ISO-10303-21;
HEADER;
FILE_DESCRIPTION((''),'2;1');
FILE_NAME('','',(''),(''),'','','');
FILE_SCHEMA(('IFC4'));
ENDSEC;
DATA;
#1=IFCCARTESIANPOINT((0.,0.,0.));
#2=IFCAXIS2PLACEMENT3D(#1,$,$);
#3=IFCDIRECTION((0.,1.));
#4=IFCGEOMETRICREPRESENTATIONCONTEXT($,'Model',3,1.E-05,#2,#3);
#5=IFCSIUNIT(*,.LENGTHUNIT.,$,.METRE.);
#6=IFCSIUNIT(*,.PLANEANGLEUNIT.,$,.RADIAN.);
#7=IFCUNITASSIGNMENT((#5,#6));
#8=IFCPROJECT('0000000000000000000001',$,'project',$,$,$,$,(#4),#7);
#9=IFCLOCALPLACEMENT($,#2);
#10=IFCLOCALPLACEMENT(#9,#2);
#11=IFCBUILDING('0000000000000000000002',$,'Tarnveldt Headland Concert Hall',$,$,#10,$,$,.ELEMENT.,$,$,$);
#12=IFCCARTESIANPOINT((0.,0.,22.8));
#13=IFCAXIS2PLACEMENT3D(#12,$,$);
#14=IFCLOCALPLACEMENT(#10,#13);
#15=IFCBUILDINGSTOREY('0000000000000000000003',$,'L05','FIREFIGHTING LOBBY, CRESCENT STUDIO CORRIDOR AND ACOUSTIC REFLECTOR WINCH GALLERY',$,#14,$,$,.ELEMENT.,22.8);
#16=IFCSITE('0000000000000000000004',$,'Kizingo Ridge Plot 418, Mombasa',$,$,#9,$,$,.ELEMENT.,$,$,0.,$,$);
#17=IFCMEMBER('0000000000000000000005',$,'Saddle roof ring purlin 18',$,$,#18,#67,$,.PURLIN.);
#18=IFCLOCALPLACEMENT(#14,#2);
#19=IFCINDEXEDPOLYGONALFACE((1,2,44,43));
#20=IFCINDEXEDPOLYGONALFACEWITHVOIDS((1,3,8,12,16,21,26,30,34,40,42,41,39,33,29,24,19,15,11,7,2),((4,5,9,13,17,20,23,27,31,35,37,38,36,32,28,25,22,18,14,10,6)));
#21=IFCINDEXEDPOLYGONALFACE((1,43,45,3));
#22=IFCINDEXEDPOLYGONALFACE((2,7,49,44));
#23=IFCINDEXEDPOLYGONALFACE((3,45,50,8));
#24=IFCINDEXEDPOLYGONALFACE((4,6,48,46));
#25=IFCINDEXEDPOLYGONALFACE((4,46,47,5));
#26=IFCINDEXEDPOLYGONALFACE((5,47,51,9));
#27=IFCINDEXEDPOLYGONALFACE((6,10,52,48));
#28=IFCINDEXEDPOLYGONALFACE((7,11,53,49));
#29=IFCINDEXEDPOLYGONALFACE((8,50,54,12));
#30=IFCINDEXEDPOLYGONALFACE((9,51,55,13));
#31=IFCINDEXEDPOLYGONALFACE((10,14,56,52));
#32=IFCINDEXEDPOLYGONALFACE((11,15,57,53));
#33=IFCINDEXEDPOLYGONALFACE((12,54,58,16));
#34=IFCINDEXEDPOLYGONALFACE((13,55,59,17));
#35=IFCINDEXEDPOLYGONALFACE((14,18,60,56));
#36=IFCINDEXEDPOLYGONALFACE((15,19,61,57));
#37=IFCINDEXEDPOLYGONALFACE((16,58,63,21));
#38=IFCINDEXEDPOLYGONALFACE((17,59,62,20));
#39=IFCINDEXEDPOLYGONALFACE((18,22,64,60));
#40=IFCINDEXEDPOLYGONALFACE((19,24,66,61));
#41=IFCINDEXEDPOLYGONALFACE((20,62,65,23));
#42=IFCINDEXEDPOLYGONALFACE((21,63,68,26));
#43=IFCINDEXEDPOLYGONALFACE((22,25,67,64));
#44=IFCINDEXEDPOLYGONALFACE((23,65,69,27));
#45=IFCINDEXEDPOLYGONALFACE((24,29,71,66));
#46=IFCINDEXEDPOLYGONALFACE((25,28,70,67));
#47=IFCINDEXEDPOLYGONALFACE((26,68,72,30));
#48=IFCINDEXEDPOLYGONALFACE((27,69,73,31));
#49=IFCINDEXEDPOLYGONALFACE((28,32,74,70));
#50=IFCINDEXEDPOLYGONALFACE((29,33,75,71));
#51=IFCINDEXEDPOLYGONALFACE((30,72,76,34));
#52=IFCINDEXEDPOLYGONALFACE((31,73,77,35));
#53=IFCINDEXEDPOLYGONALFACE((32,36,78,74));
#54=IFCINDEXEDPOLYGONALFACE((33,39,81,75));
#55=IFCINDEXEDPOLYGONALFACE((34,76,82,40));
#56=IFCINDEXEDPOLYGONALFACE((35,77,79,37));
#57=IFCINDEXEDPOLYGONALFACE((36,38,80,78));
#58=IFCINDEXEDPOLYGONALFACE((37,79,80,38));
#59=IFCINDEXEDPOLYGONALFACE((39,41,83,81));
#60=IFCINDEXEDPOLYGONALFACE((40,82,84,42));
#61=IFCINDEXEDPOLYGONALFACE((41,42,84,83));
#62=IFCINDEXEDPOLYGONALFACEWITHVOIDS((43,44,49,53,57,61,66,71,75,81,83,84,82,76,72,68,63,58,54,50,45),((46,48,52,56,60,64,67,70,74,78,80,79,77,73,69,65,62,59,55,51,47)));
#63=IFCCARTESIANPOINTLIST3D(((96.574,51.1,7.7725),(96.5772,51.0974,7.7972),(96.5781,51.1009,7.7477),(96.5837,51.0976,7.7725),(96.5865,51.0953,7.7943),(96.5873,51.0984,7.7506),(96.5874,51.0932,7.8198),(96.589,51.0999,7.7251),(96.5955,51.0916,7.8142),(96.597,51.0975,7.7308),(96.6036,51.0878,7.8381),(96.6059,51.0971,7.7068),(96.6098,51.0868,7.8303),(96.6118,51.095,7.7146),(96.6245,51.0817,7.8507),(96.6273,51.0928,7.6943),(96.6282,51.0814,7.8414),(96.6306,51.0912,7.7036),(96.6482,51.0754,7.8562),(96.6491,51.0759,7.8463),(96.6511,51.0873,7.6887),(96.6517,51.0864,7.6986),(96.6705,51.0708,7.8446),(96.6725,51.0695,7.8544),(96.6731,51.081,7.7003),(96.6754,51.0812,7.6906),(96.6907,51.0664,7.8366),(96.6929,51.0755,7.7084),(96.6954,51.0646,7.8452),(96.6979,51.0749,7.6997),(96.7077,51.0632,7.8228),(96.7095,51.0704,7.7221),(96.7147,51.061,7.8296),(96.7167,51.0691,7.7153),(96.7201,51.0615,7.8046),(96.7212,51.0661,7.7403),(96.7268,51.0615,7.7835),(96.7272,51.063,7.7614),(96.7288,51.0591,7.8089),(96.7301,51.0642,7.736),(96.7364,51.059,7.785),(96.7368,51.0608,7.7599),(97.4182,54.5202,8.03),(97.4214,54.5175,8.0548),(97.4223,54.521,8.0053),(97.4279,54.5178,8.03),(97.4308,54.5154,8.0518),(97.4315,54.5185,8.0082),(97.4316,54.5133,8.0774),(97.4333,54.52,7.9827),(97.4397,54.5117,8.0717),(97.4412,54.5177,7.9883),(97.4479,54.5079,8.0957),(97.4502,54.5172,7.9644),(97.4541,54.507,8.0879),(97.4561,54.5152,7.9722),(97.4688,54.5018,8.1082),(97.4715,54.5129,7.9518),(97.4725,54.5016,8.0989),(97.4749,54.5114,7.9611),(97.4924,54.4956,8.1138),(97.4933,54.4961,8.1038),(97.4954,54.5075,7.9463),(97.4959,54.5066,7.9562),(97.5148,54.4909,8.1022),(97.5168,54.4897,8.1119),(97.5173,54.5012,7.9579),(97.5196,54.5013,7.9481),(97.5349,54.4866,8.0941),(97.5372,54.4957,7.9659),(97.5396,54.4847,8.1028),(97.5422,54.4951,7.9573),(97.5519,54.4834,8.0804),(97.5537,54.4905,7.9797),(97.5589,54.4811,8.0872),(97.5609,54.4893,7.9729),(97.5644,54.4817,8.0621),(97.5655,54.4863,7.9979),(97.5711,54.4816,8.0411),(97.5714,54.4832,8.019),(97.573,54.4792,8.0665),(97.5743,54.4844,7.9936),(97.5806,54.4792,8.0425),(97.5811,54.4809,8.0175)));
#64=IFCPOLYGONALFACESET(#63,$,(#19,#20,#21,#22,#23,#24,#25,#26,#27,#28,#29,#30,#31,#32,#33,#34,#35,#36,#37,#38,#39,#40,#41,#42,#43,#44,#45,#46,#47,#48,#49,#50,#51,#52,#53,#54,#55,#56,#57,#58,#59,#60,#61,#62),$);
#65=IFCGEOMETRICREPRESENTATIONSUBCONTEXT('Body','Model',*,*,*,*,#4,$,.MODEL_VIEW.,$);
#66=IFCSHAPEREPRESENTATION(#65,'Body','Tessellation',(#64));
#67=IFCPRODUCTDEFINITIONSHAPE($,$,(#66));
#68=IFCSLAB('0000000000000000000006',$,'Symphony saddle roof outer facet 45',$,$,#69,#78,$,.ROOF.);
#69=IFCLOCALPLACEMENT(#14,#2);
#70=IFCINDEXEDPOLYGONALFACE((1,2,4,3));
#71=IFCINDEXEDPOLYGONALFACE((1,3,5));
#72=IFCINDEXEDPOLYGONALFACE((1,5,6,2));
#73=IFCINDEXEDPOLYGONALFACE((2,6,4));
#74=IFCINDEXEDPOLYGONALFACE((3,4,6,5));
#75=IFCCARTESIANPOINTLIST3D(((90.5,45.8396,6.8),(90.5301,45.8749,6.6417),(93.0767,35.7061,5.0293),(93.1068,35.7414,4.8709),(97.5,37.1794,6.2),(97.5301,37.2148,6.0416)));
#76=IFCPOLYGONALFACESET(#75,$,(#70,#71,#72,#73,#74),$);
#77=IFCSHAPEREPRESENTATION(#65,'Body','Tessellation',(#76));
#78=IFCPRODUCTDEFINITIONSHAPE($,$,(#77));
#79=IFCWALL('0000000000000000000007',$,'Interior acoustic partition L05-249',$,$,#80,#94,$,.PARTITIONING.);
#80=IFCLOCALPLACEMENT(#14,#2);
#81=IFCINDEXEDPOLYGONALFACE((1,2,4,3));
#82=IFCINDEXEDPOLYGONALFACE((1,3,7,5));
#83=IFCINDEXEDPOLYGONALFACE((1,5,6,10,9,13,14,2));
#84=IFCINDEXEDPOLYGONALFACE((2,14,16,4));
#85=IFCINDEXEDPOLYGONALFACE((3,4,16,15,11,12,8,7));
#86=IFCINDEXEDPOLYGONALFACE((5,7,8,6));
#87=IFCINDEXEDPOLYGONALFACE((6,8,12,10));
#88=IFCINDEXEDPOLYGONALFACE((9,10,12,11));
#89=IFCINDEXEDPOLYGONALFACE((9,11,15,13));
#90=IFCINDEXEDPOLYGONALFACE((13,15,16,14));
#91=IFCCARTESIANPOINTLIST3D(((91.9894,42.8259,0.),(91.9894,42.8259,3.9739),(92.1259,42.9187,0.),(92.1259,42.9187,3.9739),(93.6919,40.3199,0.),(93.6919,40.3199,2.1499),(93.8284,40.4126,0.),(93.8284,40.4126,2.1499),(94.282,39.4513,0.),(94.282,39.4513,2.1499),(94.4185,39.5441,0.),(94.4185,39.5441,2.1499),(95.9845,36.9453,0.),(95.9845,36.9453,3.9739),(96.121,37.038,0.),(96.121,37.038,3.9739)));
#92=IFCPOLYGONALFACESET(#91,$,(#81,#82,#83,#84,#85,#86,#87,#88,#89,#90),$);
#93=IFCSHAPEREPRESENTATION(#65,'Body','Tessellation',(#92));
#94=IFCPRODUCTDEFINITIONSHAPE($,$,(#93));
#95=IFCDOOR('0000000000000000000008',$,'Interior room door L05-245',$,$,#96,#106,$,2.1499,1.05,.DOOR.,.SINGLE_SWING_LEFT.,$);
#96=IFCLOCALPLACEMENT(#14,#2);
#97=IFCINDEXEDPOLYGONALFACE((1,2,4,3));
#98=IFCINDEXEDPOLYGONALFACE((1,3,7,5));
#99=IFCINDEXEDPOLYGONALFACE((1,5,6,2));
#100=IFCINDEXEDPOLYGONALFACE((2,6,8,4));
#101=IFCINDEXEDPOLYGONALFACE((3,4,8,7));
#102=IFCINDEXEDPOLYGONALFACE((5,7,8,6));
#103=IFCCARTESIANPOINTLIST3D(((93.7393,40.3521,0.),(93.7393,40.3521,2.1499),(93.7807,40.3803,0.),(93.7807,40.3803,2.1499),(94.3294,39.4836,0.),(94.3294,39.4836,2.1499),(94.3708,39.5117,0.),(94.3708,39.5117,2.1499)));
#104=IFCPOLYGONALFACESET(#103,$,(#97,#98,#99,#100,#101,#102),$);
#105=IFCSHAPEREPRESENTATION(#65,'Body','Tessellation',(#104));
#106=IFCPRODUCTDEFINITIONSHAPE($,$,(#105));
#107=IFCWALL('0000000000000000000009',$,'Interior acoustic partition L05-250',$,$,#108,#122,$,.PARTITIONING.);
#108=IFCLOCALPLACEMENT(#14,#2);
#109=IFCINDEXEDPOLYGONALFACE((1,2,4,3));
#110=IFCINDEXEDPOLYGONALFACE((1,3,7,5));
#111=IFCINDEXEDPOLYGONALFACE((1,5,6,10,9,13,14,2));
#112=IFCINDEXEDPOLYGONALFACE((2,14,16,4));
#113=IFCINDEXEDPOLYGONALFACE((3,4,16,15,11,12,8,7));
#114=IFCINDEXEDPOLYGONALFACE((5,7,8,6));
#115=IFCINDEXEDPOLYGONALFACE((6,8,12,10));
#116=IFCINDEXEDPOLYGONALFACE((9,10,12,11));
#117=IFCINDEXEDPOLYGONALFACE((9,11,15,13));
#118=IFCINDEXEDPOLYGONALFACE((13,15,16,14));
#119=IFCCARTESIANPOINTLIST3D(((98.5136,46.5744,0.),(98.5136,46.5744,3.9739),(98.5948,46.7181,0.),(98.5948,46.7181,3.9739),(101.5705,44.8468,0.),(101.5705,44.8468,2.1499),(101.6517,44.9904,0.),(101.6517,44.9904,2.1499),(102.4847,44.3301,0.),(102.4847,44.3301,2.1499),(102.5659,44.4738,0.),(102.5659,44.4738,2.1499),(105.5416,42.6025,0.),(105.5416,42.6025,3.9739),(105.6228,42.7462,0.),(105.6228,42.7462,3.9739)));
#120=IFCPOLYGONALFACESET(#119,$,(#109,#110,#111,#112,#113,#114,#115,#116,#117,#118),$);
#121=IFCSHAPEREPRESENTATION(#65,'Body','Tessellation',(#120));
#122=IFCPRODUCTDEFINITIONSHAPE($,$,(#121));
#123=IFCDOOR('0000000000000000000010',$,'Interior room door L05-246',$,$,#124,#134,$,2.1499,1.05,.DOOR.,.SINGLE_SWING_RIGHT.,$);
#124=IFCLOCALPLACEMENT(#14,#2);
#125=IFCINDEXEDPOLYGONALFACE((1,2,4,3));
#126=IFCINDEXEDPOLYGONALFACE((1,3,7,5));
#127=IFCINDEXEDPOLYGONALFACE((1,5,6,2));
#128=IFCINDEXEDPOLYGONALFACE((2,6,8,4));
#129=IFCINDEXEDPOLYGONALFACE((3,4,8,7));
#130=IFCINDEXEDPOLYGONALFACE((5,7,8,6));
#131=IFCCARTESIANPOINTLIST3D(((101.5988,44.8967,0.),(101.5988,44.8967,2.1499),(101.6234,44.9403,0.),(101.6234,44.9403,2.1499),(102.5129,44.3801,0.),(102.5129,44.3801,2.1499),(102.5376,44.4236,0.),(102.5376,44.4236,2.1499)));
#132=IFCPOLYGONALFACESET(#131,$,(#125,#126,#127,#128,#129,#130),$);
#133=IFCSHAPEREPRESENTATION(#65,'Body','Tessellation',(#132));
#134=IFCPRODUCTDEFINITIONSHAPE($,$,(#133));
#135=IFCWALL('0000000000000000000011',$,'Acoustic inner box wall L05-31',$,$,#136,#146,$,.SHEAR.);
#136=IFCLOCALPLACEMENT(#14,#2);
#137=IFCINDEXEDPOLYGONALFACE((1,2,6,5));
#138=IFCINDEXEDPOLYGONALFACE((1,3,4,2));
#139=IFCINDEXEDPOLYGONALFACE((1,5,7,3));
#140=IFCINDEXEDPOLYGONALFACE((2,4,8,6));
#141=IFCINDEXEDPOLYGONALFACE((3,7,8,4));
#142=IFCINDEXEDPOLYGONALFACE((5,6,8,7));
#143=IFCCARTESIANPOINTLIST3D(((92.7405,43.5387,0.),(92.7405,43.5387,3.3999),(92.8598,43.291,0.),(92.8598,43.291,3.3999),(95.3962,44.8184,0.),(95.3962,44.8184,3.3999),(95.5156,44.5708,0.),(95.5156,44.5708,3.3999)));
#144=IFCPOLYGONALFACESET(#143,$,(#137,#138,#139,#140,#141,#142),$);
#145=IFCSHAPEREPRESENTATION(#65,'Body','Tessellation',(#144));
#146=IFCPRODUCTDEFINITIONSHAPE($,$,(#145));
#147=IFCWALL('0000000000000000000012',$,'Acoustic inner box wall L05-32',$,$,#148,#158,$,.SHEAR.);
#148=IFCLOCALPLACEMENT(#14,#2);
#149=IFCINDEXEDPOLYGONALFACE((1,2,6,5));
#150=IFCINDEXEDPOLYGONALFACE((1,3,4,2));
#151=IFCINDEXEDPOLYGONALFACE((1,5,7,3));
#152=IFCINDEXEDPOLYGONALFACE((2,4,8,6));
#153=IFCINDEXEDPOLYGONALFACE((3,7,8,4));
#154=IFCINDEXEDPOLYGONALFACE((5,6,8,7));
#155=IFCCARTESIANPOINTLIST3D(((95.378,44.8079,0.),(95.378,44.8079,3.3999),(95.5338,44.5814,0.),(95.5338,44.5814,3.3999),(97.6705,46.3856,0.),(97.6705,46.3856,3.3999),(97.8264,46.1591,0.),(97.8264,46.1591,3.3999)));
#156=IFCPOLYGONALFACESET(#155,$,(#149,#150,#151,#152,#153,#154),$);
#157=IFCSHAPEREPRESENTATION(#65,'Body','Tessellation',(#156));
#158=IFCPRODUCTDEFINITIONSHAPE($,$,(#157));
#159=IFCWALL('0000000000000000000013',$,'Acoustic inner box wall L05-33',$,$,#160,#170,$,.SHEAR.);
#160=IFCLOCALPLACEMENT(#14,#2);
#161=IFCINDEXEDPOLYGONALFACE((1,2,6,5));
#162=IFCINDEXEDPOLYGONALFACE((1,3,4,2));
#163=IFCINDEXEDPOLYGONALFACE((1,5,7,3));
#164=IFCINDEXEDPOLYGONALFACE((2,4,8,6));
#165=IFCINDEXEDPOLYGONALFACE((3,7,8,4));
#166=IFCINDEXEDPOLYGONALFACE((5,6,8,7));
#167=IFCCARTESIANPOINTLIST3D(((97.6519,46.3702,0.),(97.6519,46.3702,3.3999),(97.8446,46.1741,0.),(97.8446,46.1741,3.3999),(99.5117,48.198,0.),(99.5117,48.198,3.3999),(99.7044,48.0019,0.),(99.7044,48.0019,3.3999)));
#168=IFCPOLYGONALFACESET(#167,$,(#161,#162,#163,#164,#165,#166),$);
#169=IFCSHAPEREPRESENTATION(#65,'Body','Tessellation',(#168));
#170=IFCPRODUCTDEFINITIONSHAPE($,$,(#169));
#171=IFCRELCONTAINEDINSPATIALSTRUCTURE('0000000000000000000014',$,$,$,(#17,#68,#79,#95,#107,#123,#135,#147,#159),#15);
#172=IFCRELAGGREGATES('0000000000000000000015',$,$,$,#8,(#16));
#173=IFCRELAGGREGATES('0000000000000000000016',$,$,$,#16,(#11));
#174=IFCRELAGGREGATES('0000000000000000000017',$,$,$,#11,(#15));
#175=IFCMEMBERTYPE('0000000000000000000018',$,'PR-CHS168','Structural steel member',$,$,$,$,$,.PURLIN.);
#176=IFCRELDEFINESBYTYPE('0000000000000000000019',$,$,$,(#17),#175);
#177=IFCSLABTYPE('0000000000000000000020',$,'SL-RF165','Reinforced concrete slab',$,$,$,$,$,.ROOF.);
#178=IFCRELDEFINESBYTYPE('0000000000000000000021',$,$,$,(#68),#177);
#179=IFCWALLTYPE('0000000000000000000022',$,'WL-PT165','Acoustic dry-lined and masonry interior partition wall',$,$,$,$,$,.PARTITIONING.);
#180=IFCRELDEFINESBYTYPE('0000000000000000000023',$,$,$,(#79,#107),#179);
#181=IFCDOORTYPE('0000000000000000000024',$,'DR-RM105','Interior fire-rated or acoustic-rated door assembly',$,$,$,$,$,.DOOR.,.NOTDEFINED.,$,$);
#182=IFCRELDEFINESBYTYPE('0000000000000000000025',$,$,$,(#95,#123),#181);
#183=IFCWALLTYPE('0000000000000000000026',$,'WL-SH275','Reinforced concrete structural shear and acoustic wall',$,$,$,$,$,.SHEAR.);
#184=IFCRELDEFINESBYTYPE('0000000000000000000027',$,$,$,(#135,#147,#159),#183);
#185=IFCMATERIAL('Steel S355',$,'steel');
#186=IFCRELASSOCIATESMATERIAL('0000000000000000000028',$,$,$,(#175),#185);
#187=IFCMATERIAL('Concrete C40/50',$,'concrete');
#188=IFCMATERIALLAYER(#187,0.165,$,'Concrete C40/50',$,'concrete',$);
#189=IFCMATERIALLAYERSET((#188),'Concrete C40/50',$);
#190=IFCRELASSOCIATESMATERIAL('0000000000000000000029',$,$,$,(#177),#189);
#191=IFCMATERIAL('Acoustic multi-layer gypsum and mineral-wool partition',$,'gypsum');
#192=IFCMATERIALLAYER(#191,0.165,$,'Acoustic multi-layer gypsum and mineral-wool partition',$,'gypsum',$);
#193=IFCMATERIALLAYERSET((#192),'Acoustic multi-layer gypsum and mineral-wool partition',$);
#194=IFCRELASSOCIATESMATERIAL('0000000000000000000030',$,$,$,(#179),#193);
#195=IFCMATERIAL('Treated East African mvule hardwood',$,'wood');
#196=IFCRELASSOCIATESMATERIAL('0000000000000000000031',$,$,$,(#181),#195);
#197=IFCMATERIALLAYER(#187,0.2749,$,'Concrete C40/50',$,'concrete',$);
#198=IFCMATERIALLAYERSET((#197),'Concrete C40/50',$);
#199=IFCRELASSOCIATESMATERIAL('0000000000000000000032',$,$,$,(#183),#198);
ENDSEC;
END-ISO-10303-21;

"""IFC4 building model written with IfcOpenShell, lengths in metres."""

from ifc_helpers import new_model, si_unit, direction, frame, frame_2d, origin, origin_2d, place, context, subcontext, project, spatial, polyline, rectangle, hollow_circle, outline, extrude, material, layer, layer_set, material_profile, profile_set, type_object, element, fill, save


model = new_model("IFC4")

# Units and contexts
model_context = context("Model", 3, precision=1e-05, world=origin(), true_north=direction((0.0, 1.0)))
body_context = subcontext(model_context, "Body", "Model", "MODEL_VIEW")
ifc_project = project(units=[si_unit("LENGTHUNIT", "METRE"), si_unit("PLANEANGLEUNIT", "RADIAN")], contexts=[model_context])

# Site, building, storey
site_placement = place(None, origin())
site = spatial("IfcSite", under=ifc_project, at=site_placement, Name="Kizingo Ridge Plot 418, Mombasa", CompositionType="ELEMENT", RefElevation=0.0)
building_placement = place(site_placement, origin())
building = spatial("IfcBuilding", under=site, at=building_placement, Name="Tarnveldt Headland Concert Hall", CompositionType="ELEMENT")
storey_placement = place(building_placement, frame((0.0, 0.0, 22.8)))
storey = spatial("IfcBuildingStorey", under=building, at=storey_placement, Name="L05", Description="FIREFIGHTING LOBBY, CRESCENT STUDIO CORRIDOR AND ACOUSTIC REFLECTOR WINCH GALLERY", CompositionType="ELEMENT", Elevation=22.8)

# Shared definitions
ifc_material_1 = material(Name="Concrete C40/50", Category="concrete")

# Member
ifc_material_2 = material(Name="Steel S355", Category="steel")
ifc_material_profile_1 = material_profile(ifc_material_2, hollow_circle(Radius=0.0842, WallThickness=0.01, at=origin_2d()), Name="CHS 168.3x10", Category="steel")
ifc_profile_set_1 = profile_set([ifc_material_profile_1], Name="Steel S355")
member_type_1 = type_object("IfcMemberType", Name="PR-CHS168", Description="Structural steel member", PredefinedType="PURLIN", material=ifc_profile_set_1)
member_1_placement = place(storey_placement, frame((96.6558, 51.0798, 7.7725), z_axis=(0.23901, 0.968275, 0.07292), x_axis=(-0.97086, 0.239648, 0.0)))
element("IfcMember", 1, at=member_1_placement, inside=storey, type_object=member_type_1, Name="Saddle roof ring purlin 18", PredefinedType="PURLIN", context=body_context, shape_type="SweptSolid", body=[
    extrude(hollow_circle(Radius=0.0842, WallThickness=0.01, at=origin_2d()), origin(), (0.0, 0.0, 1.0), 3.5322),
])

# Slab
ifc_layer_1 = layer(ifc_material_1, 0.165, Name="Concrete C40/50", Category="concrete")
ifc_layer_set_1 = layer_set([ifc_layer_1], Name="Concrete C40/50")
slab_type = type_object("IfcSlabType", Name="SL-RF165", Description="Reinforced concrete slab", PredefinedType="ROOF", material=ifc_layer_set_1)
slab_placement = place(storey_placement, frame((90.5, 45.8396, 6.8), z_axis=(-0.182636, -0.214118, 0.959582), x_axis=(0.242969, -0.955555, -0.166975)))
element("IfcSlab", 2, at=slab_placement, inside=storey, type_object=slab_type, Name="Symphony saddle roof outer facet 45", PredefinedType="ROOF", context=body_context, shape_type="SweptSolid", body=[
    extrude(outline(polyline([(0.0, 0.0), (10.6049, 0.0), (10.0762, 4.7778), (0.0, 0.0)])), origin(), (0.0, 0.0, -1.0), 0.165),
])

# Walls, openings, doors
ifc_material_3 = material(Name="Acoustic multi-layer gypsum and mineral-wool partition", Category="gypsum")
ifc_layer_2 = layer(ifc_material_3, 0.165, Name="Acoustic multi-layer gypsum and mineral-wool partition", Category="gypsum")
ifc_layer_set_2 = layer_set([ifc_layer_2], Name="Acoustic multi-layer gypsum and mineral-wool partition")
wall_type_1 = type_object("IfcWallType", Name="WL-PT165", Description="Acoustic dry-lined and masonry interior partition wall", PredefinedType="PARTITIONING", material=ifc_layer_set_2)
wall_1_placement = place(storey_placement, frame((92.0576, 42.8723, 0.0), z_axis=(0.0, 0.0, 1.0), x_axis=(0.561954, -0.827169, 0.0)))
wall_1 = element("IfcWall", 3, at=wall_1_placement, inside=storey, type_object=wall_type_1, Name="Interior acoustic partition L05-249", PredefinedType="PARTITIONING", context=body_context, shape_type="SweptSolid", body=[
    extrude(rectangle(XDim=7.1094, YDim=0.165, at=frame_2d((3.5547, 0.0))), origin(), (0.0, 0.0, 1.0), 3.9739),
])
opening_1_placement = place(wall_1_placement, frame((3.0298, 0.0, 0.0)))
opening_1 = element("IfcOpeningElement", 4, at=opening_1_placement, cuts=wall_1, PredefinedType="OPENING", context=body_context, shape_type="SweptSolid", body=[
    extrude(rectangle(XDim=1.05, YDim=2.1499, at=frame_2d((0.5249, 1.075))), frame((0.0, 0.0925, 0.0), z_axis=(0.0, -1.0, 0.0), x_axis=(1.0, 0.0, 0.0)), (0.0, 0.0, 1.0), 0.1851),
])
ifc_material_4 = material(Name="Treated East African mvule hardwood", Category="wood")
door_type = type_object("IfcDoorType", Name="DR-RM105", Description="Interior fire-rated or acoustic-rated door assembly", OperationType="NOTDEFINED", PredefinedType="DOOR", material=ifc_material_4)
door_1_placement = place(opening_1_placement, origin())
door_1 = element("IfcDoor", 5, at=door_1_placement, inside=storey, type_object=door_type, Name="Interior room door L05-245", OperationType="SINGLE_SWING_LEFT", OverallHeight=2.1499, OverallWidth=1.05, PredefinedType="DOOR", context=body_context, shape_type="SweptSolid", body=[
    extrude(rectangle(XDim=1.05, YDim=2.1499, at=frame_2d((0.5249, 1.075))), frame((0.0, 0.0249, 0.0), z_axis=(0.0, -1.0, 0.0), x_axis=(1.0, 0.0, 0.0)), (0.0, 0.0, 1.0), 0.05),
])
fill(opening_1, door_1)
wall_2_placement = place(storey_placement, frame((98.5542, 46.6462, 0.0), z_axis=(0.0, 0.0, 1.0), x_axis=(0.870588, -0.492013, 0.0)))
wall_2 = element("IfcWall", 6, at=wall_2_placement, inside=storey, type_object=wall_type_1, Name="Interior acoustic partition L05-250", PredefinedType="PARTITIONING", context=body_context, shape_type="SweptSolid", body=[
    extrude(rectangle(XDim=8.0728, YDim=0.165, at=frame_2d((4.0364, 0.0))), origin(), (0.0, 0.0, 1.0), 3.9739),
])
opening_2_placement = place(wall_2_placement, frame((3.5115, 0.0, 0.0)))
opening_2 = element("IfcOpeningElement", 7, at=opening_2_placement, cuts=wall_2, PredefinedType="OPENING", context=body_context, shape_type="SweptSolid", body=[
    extrude(rectangle(XDim=1.05, YDim=2.1499, at=frame_2d((0.5249, 1.075))), frame((0.0, 0.0925, 0.0), z_axis=(0.0, -1.0, 0.0), x_axis=(1.0, 0.0, 0.0)), (0.0, 0.0, 1.0), 0.1851),
])
door_2_placement = place(opening_2_placement, origin())
door_2 = element("IfcDoor", 8, at=door_2_placement, inside=storey, type_object=door_type, Name="Interior room door L05-246", OperationType="SINGLE_SWING_RIGHT", OverallHeight=2.1499, OverallWidth=1.05, PredefinedType="DOOR", context=body_context, shape_type="SweptSolid", body=[
    extrude(rectangle(XDim=1.05, YDim=2.1499, at=frame_2d((0.5249, 1.075))), frame((0.0, 0.0249, 0.0), z_axis=(0.0, -1.0, 0.0), x_axis=(1.0, 0.0, 0.0)), (0.0, 0.0, 1.0), 0.05),
])
fill(opening_2, door_2)

# Walls
ifc_layer_3 = layer(ifc_material_1, 0.2749, Name="Concrete C40/50", Category="concrete")
ifc_layer_set_3 = layer_set([ifc_layer_3], Name="Concrete C40/50")
wall_type_2 = type_object("IfcWallType", Name="WL-SH275", Description="Reinforced concrete structural shear and acoustic wall", PredefinedType="SHEAR", material=ifc_layer_set_3)
wall_3_placement = place(storey_placement, frame((92.8, 43.4148, 0.0), z_axis=(0.0, 0.0, 1.0), x_axis=(0.900858, 0.434114, 0.0)))
element("IfcWall", 9, at=wall_3_placement, inside=storey, type_object=wall_type_2, Name="Acoustic inner box wall L05-31", PredefinedType="SHEAR", context=body_context, shape_type="SweptSolid", body=[
    extrude(rectangle(XDim=2.948, YDim=0.2749, at=frame_2d((1.4741, 0.0))), origin(), (0.0, 0.0, 1.0), 3.3999),
])
wall_4_placement = place(storey_placement, frame((95.4558, 44.6946, 0.0), z_axis=(0.0, 0.0, 1.0), x_axis=(0.823781, 0.566909, 0.0)))
element("IfcWall", 10, at=wall_4_placement, inside=storey, type_object=wall_type_2, Name="Acoustic inner box wall L05-32", PredefinedType="SHEAR", context=body_context, shape_type="SweptSolid", body=[
    extrude(rectangle(XDim=2.783, YDim=0.2749, at=frame_2d((1.3916, 0.0))), origin(), (0.0, 0.0, 1.0), 3.3999),
])
wall_5_placement = place(storey_placement, frame((97.7483, 46.2722, 0.0), z_axis=(0.0, 0.0, 1.0), x_axis=(0.713212, 0.700948, 0.0)))
element("IfcWall", 11, at=wall_5_placement, inside=storey, type_object=wall_type_2, Name="Acoustic inner box wall L05-33", PredefinedType="SHEAR", context=body_context, shape_type="SweptSolid", body=[
    extrude(rectangle(XDim=2.6077, YDim=0.2749, at=frame_2d((1.3037, 0.0))), origin(), (0.0, 0.0, 1.0), 3.3999),
])

save(model, "model.ifc")
